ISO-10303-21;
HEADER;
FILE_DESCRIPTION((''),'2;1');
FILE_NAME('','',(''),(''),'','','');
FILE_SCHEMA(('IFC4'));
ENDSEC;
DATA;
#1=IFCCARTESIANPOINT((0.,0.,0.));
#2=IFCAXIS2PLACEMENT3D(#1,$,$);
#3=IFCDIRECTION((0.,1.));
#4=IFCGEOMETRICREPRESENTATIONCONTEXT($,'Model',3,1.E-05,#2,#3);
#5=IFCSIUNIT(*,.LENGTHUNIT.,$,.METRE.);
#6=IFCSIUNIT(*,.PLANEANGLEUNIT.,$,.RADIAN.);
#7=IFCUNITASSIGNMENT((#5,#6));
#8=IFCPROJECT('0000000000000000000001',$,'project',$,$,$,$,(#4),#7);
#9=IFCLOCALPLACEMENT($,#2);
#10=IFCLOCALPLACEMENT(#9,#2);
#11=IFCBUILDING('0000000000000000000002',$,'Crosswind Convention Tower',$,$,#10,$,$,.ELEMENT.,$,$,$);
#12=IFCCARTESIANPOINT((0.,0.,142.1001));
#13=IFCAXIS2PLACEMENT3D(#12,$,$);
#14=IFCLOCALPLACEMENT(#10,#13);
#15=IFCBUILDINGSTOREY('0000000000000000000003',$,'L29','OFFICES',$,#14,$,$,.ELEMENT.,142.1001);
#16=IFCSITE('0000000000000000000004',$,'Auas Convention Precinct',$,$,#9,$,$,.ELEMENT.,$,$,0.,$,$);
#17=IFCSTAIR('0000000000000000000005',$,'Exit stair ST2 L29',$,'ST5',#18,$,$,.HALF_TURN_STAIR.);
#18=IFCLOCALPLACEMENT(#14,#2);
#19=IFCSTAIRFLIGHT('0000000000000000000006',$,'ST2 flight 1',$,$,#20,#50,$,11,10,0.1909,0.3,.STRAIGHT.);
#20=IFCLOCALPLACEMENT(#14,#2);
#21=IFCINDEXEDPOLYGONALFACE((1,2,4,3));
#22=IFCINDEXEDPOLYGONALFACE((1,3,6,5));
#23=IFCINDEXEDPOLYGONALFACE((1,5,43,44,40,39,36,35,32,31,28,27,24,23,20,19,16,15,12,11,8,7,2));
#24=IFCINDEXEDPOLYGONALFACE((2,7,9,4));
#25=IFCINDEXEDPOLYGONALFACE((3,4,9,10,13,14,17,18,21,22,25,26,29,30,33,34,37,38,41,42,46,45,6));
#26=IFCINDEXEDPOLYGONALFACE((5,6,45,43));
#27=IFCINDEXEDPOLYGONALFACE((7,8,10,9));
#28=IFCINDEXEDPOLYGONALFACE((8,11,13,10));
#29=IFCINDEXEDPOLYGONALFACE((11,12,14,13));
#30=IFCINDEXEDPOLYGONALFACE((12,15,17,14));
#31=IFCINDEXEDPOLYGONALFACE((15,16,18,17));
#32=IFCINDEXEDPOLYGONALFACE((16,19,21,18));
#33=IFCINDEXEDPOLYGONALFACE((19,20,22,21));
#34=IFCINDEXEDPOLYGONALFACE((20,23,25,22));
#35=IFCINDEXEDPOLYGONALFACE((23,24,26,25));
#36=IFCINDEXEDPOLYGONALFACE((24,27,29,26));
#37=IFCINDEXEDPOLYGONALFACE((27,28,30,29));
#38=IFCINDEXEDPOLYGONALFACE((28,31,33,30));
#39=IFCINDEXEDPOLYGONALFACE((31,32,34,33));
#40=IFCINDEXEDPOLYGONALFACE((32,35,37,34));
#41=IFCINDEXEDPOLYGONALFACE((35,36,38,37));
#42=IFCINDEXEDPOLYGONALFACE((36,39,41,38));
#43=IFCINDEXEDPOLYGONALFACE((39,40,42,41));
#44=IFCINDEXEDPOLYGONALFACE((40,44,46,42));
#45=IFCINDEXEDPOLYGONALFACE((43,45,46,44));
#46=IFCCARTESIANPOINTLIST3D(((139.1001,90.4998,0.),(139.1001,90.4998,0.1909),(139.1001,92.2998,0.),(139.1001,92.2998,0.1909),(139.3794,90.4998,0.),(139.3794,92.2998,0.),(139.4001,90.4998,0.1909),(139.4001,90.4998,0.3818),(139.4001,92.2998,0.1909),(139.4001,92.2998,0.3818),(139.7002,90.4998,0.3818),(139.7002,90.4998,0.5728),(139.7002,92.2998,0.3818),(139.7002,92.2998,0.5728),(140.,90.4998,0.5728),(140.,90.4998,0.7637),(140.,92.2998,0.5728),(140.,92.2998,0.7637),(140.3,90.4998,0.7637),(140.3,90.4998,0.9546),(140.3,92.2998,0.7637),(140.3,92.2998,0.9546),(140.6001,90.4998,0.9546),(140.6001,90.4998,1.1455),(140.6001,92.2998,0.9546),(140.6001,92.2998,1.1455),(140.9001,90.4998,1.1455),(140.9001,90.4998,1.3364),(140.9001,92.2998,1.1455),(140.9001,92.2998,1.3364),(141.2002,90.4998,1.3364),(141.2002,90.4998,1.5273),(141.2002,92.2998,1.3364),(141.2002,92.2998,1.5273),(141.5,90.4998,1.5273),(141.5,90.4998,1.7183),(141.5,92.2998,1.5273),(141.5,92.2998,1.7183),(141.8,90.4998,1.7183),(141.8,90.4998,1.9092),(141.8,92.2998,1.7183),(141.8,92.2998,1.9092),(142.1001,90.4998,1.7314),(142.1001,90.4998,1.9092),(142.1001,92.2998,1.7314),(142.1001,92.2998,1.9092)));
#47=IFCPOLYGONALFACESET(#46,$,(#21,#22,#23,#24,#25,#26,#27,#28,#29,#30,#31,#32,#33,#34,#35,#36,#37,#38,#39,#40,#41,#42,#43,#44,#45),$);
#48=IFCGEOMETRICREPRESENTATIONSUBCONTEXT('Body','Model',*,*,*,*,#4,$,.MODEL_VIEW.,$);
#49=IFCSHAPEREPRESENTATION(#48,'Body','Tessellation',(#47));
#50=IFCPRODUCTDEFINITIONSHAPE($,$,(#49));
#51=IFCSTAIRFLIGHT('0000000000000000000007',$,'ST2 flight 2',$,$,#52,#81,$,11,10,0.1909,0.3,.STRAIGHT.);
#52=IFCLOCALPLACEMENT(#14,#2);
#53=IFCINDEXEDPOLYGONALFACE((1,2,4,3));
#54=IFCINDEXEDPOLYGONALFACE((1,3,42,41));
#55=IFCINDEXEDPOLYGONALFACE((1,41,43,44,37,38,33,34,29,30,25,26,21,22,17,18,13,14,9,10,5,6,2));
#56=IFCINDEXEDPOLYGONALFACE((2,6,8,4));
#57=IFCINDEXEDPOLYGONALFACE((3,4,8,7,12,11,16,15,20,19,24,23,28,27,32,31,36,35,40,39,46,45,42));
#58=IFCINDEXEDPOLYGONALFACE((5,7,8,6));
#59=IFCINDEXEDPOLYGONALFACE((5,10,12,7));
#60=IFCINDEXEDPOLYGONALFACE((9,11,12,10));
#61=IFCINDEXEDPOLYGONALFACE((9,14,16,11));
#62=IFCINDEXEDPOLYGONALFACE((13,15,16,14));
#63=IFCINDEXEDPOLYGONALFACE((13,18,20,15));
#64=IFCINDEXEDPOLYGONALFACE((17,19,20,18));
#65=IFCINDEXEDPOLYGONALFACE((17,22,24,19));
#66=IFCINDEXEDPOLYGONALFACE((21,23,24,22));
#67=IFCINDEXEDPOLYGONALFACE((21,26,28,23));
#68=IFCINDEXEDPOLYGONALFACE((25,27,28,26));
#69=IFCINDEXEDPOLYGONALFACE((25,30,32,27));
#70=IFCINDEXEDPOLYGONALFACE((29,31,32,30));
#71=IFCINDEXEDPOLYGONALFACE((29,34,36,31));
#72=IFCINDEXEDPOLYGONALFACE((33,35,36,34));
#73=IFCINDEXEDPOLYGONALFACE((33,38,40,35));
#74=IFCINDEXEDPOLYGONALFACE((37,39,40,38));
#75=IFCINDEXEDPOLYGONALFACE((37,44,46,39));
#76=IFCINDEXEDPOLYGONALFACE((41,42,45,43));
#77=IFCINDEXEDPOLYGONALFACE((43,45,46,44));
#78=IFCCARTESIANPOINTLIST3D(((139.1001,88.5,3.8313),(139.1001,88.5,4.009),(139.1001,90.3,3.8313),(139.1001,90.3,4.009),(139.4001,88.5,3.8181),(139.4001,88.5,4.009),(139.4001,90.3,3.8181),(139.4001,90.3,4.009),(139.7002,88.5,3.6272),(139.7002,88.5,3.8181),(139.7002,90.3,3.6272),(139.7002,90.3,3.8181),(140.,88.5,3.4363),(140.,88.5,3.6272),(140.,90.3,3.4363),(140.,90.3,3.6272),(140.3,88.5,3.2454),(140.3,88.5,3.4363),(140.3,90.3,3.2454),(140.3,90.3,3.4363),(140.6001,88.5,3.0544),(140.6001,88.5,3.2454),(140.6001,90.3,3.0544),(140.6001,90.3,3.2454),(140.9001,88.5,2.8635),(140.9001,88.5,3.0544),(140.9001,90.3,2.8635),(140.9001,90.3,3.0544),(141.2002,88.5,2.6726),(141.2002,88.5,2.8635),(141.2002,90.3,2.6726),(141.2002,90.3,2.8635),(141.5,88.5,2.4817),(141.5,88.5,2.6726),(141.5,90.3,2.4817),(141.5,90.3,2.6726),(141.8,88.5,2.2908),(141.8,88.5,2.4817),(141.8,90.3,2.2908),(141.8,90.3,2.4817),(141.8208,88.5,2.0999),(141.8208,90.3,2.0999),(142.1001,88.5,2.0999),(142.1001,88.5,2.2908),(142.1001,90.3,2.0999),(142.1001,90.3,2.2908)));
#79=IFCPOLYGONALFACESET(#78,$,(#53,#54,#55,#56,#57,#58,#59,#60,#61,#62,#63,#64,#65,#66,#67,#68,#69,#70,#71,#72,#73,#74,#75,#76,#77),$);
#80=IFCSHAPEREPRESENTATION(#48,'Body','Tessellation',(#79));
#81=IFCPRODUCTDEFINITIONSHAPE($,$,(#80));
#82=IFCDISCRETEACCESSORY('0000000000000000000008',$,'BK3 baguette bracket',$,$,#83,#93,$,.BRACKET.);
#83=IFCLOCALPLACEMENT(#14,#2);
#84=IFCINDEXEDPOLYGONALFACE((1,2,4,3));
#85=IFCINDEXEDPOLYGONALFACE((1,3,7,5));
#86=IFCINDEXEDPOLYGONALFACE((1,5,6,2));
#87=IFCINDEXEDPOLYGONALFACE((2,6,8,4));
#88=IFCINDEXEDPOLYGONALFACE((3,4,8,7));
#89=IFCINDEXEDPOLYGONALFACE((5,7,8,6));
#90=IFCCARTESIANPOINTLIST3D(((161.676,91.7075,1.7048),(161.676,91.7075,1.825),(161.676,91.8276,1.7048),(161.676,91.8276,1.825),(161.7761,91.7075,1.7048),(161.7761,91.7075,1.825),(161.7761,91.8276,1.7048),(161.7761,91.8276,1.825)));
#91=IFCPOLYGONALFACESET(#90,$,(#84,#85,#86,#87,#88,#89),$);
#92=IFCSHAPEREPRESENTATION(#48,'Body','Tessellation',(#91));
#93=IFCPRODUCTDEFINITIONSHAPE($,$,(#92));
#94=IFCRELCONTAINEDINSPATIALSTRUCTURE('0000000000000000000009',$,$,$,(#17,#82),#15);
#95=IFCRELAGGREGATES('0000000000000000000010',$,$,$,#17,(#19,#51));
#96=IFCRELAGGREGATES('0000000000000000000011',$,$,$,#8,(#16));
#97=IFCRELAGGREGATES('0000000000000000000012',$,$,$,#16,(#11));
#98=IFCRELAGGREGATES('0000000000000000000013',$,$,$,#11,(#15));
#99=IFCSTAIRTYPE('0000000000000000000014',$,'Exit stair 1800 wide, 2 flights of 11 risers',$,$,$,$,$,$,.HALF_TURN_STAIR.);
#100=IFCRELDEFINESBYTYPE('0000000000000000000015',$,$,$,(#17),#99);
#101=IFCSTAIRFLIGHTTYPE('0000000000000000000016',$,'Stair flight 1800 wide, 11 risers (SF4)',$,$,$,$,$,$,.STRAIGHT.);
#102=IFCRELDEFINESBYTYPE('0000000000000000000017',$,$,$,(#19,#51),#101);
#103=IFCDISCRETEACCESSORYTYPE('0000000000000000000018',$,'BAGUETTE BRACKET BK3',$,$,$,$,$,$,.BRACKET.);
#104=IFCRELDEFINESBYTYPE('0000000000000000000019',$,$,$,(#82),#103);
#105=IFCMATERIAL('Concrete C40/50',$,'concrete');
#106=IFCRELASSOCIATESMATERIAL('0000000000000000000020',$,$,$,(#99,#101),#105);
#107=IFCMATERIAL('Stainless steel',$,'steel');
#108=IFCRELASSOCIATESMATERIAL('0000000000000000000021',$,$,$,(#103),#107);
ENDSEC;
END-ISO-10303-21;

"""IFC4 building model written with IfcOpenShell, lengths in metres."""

from ifc_helpers import new_model, si_unit, direction, frame, origin, origin_2d, place, context, subcontext, project, spatial, polyline, rectangle, outline, extrude, material, type_object, element, aggregate, save


model = new_model("IFC4")

# Units and contexts
model_context = context("Model", 3, precision=1e-05, world=origin(), true_north=direction((0.0, 1.0)))
body_context = subcontext(model_context, "Body", "Model", "MODEL_VIEW")
ifc_project = project(units=[si_unit("LENGTHUNIT", "METRE"), si_unit("PLANEANGLEUNIT", "RADIAN")], contexts=[model_context])

# Site, building, storey
site_placement = place(None, origin())
site = spatial("IfcSite", under=ifc_project, at=site_placement, Name="Auas Convention Precinct", CompositionType="ELEMENT", RefElevation=0.0)
building_placement = place(site_placement, origin())
building = spatial("IfcBuilding", under=site, at=building_placement, Name="Crosswind Convention Tower", CompositionType="ELEMENT")
storey_placement = place(building_placement, frame((0.0, 0.0, 142.1001)))
storey = spatial("IfcBuildingStorey", under=building, at=storey_placement, Name="L29", Description="OFFICES", CompositionType="ELEMENT", Elevation=142.1001)

# Stair, stair flights
ifc_material_1 = material(Name="Concrete C40/50", Category="concrete")
stair_type = type_object("IfcStairType", Name="Exit stair 1800 wide, 2 flights of 11 risers", PredefinedType="HALF_TURN_STAIR", material=ifc_material_1)
stair_placement = place(storey_placement, origin())
stair = element("IfcStair", 1, at=stair_placement, inside=storey, type_object=stair_type, Name="Exit stair ST2 L29", ObjectType="ST5", PredefinedType="HALF_TURN_STAIR")
stair_flight_type = type_object("IfcStairFlightType", Name="Stair flight 1800 wide, 11 risers (SF4)", PredefinedType="STRAIGHT", material=ifc_material_1)
stair_flight_1_placement = place(storey_placement, frame((139.1001, 91.3999, 0.0), z_axis=(0.0, 0.0, 1.0), x_axis=(1.0, 0.0, 0.0)))
stair_flight_1 = element("IfcStairFlight", 2, at=stair_flight_1_placement, type_object=stair_flight_type, Name="ST2 flight 1", NumberOfRisers=11, NumberOfTreads=10, PredefinedType="STRAIGHT", RiserHeight=0.1909, TreadLength=0.3, context=body_context, shape_type="SweptSolid", body=[
    extrude(outline(polyline([(0.0, 0.0), (0.0, 0.1909), (0.3, 0.1909), (0.3, 0.3818), (0.6001, 0.3818), (0.6001, 0.5728), (0.8999, 0.5728), (0.8999, 0.7637), (1.2, 0.7637), (1.2, 0.9546), (1.5, 0.9546), (1.5, 1.1455), (1.8, 1.1455), (1.8, 1.3364), (2.1001, 1.3364), (2.1001, 1.5273), (2.3999, 1.5273), (2.3999, 1.7183), (2.7, 1.7183), (2.7, 1.9092), (3.0, 1.9092), (3.0, 2.1001), (3.0, 1.7314), (0.2793, 0.0), (0.0, 0.0)])), frame((0.0, 0.8999, 0.0), z_axis=(0.0, -1.0, 0.0), x_axis=(1.0, 0.0, 0.0)), (0.0, 0.0, 1.0), 1.8),
])
stair_flight_2_placement = place(storey_placement, frame((142.1001, 89.3999, 2.0999), z_axis=(0.0, 0.0, 1.0), x_axis=(-1.0, 0.0, 0.0)))
stair_flight_2 = element("IfcStairFlight", 3, at=stair_flight_2_placement, type_object=stair_flight_type, Name="ST2 flight 2", NumberOfRisers=11, NumberOfTreads=10, PredefinedType="STRAIGHT", RiserHeight=0.1909, TreadLength=0.3, context=body_context, shape_type="SweptSolid", body=[
    extrude(outline(polyline([(0.0, 0.0), (0.0, 0.1909), (0.3, 0.1909), (0.3, 0.3818), (0.6001, 0.3818), (0.6001, 0.5728), (0.8999, 0.5728), (0.8999, 0.7637), (1.2, 0.7637), (1.2, 0.9546), (1.5, 0.9546), (1.5, 1.1455), (1.8, 1.1455), (1.8, 1.3364), (2.1001, 1.3364), (2.1001, 1.5273), (2.3999, 1.5273), (2.3999, 1.7183), (2.7, 1.7183), (2.7, 1.9092), (3.0, 1.9092), (3.0, 2.1001), (3.0, 1.7314), (0.2793, 0.0), (0.0, 0.0)])), frame((0.0, 0.8999, 0.0), z_axis=(0.0, -1.0, 0.0), x_axis=(1.0, 0.0, 0.0)), (0.0, 0.0, 1.0), 1.8),
])
aggregate(stair, [stair_flight_1, stair_flight_2])

# Shared definitions
ifc_material_2 = material(Name="Stainless steel", Category="steel")

# Discrete accessory
discrete_accessory_type = type_object("IfcDiscreteAccessoryType", Name="BAGUETTE BRACKET BK3", PredefinedType="BRACKET", material=ifc_material_2)
discrete_accessory_placement = place(storey_placement, frame((161.7261, 91.7676, 1.7048), z_axis=(0.0, 0.0, 1.0), x_axis=(0.0, 1.0, 0.0)))
element("IfcDiscreteAccessory", 4, at=discrete_accessory_placement, inside=storey, type_object=discrete_accessory_type, Name="BK3 baguette bracket", PredefinedType="BRACKET", context=body_context, shape_type="SweptSolid", body=[
    extrude(rectangle(XDim=0.1201, YDim=0.1001, at=origin_2d()), origin(), (0.0, 0.0, 1.0), 0.1201),
])

save(model, "model.ifc")
